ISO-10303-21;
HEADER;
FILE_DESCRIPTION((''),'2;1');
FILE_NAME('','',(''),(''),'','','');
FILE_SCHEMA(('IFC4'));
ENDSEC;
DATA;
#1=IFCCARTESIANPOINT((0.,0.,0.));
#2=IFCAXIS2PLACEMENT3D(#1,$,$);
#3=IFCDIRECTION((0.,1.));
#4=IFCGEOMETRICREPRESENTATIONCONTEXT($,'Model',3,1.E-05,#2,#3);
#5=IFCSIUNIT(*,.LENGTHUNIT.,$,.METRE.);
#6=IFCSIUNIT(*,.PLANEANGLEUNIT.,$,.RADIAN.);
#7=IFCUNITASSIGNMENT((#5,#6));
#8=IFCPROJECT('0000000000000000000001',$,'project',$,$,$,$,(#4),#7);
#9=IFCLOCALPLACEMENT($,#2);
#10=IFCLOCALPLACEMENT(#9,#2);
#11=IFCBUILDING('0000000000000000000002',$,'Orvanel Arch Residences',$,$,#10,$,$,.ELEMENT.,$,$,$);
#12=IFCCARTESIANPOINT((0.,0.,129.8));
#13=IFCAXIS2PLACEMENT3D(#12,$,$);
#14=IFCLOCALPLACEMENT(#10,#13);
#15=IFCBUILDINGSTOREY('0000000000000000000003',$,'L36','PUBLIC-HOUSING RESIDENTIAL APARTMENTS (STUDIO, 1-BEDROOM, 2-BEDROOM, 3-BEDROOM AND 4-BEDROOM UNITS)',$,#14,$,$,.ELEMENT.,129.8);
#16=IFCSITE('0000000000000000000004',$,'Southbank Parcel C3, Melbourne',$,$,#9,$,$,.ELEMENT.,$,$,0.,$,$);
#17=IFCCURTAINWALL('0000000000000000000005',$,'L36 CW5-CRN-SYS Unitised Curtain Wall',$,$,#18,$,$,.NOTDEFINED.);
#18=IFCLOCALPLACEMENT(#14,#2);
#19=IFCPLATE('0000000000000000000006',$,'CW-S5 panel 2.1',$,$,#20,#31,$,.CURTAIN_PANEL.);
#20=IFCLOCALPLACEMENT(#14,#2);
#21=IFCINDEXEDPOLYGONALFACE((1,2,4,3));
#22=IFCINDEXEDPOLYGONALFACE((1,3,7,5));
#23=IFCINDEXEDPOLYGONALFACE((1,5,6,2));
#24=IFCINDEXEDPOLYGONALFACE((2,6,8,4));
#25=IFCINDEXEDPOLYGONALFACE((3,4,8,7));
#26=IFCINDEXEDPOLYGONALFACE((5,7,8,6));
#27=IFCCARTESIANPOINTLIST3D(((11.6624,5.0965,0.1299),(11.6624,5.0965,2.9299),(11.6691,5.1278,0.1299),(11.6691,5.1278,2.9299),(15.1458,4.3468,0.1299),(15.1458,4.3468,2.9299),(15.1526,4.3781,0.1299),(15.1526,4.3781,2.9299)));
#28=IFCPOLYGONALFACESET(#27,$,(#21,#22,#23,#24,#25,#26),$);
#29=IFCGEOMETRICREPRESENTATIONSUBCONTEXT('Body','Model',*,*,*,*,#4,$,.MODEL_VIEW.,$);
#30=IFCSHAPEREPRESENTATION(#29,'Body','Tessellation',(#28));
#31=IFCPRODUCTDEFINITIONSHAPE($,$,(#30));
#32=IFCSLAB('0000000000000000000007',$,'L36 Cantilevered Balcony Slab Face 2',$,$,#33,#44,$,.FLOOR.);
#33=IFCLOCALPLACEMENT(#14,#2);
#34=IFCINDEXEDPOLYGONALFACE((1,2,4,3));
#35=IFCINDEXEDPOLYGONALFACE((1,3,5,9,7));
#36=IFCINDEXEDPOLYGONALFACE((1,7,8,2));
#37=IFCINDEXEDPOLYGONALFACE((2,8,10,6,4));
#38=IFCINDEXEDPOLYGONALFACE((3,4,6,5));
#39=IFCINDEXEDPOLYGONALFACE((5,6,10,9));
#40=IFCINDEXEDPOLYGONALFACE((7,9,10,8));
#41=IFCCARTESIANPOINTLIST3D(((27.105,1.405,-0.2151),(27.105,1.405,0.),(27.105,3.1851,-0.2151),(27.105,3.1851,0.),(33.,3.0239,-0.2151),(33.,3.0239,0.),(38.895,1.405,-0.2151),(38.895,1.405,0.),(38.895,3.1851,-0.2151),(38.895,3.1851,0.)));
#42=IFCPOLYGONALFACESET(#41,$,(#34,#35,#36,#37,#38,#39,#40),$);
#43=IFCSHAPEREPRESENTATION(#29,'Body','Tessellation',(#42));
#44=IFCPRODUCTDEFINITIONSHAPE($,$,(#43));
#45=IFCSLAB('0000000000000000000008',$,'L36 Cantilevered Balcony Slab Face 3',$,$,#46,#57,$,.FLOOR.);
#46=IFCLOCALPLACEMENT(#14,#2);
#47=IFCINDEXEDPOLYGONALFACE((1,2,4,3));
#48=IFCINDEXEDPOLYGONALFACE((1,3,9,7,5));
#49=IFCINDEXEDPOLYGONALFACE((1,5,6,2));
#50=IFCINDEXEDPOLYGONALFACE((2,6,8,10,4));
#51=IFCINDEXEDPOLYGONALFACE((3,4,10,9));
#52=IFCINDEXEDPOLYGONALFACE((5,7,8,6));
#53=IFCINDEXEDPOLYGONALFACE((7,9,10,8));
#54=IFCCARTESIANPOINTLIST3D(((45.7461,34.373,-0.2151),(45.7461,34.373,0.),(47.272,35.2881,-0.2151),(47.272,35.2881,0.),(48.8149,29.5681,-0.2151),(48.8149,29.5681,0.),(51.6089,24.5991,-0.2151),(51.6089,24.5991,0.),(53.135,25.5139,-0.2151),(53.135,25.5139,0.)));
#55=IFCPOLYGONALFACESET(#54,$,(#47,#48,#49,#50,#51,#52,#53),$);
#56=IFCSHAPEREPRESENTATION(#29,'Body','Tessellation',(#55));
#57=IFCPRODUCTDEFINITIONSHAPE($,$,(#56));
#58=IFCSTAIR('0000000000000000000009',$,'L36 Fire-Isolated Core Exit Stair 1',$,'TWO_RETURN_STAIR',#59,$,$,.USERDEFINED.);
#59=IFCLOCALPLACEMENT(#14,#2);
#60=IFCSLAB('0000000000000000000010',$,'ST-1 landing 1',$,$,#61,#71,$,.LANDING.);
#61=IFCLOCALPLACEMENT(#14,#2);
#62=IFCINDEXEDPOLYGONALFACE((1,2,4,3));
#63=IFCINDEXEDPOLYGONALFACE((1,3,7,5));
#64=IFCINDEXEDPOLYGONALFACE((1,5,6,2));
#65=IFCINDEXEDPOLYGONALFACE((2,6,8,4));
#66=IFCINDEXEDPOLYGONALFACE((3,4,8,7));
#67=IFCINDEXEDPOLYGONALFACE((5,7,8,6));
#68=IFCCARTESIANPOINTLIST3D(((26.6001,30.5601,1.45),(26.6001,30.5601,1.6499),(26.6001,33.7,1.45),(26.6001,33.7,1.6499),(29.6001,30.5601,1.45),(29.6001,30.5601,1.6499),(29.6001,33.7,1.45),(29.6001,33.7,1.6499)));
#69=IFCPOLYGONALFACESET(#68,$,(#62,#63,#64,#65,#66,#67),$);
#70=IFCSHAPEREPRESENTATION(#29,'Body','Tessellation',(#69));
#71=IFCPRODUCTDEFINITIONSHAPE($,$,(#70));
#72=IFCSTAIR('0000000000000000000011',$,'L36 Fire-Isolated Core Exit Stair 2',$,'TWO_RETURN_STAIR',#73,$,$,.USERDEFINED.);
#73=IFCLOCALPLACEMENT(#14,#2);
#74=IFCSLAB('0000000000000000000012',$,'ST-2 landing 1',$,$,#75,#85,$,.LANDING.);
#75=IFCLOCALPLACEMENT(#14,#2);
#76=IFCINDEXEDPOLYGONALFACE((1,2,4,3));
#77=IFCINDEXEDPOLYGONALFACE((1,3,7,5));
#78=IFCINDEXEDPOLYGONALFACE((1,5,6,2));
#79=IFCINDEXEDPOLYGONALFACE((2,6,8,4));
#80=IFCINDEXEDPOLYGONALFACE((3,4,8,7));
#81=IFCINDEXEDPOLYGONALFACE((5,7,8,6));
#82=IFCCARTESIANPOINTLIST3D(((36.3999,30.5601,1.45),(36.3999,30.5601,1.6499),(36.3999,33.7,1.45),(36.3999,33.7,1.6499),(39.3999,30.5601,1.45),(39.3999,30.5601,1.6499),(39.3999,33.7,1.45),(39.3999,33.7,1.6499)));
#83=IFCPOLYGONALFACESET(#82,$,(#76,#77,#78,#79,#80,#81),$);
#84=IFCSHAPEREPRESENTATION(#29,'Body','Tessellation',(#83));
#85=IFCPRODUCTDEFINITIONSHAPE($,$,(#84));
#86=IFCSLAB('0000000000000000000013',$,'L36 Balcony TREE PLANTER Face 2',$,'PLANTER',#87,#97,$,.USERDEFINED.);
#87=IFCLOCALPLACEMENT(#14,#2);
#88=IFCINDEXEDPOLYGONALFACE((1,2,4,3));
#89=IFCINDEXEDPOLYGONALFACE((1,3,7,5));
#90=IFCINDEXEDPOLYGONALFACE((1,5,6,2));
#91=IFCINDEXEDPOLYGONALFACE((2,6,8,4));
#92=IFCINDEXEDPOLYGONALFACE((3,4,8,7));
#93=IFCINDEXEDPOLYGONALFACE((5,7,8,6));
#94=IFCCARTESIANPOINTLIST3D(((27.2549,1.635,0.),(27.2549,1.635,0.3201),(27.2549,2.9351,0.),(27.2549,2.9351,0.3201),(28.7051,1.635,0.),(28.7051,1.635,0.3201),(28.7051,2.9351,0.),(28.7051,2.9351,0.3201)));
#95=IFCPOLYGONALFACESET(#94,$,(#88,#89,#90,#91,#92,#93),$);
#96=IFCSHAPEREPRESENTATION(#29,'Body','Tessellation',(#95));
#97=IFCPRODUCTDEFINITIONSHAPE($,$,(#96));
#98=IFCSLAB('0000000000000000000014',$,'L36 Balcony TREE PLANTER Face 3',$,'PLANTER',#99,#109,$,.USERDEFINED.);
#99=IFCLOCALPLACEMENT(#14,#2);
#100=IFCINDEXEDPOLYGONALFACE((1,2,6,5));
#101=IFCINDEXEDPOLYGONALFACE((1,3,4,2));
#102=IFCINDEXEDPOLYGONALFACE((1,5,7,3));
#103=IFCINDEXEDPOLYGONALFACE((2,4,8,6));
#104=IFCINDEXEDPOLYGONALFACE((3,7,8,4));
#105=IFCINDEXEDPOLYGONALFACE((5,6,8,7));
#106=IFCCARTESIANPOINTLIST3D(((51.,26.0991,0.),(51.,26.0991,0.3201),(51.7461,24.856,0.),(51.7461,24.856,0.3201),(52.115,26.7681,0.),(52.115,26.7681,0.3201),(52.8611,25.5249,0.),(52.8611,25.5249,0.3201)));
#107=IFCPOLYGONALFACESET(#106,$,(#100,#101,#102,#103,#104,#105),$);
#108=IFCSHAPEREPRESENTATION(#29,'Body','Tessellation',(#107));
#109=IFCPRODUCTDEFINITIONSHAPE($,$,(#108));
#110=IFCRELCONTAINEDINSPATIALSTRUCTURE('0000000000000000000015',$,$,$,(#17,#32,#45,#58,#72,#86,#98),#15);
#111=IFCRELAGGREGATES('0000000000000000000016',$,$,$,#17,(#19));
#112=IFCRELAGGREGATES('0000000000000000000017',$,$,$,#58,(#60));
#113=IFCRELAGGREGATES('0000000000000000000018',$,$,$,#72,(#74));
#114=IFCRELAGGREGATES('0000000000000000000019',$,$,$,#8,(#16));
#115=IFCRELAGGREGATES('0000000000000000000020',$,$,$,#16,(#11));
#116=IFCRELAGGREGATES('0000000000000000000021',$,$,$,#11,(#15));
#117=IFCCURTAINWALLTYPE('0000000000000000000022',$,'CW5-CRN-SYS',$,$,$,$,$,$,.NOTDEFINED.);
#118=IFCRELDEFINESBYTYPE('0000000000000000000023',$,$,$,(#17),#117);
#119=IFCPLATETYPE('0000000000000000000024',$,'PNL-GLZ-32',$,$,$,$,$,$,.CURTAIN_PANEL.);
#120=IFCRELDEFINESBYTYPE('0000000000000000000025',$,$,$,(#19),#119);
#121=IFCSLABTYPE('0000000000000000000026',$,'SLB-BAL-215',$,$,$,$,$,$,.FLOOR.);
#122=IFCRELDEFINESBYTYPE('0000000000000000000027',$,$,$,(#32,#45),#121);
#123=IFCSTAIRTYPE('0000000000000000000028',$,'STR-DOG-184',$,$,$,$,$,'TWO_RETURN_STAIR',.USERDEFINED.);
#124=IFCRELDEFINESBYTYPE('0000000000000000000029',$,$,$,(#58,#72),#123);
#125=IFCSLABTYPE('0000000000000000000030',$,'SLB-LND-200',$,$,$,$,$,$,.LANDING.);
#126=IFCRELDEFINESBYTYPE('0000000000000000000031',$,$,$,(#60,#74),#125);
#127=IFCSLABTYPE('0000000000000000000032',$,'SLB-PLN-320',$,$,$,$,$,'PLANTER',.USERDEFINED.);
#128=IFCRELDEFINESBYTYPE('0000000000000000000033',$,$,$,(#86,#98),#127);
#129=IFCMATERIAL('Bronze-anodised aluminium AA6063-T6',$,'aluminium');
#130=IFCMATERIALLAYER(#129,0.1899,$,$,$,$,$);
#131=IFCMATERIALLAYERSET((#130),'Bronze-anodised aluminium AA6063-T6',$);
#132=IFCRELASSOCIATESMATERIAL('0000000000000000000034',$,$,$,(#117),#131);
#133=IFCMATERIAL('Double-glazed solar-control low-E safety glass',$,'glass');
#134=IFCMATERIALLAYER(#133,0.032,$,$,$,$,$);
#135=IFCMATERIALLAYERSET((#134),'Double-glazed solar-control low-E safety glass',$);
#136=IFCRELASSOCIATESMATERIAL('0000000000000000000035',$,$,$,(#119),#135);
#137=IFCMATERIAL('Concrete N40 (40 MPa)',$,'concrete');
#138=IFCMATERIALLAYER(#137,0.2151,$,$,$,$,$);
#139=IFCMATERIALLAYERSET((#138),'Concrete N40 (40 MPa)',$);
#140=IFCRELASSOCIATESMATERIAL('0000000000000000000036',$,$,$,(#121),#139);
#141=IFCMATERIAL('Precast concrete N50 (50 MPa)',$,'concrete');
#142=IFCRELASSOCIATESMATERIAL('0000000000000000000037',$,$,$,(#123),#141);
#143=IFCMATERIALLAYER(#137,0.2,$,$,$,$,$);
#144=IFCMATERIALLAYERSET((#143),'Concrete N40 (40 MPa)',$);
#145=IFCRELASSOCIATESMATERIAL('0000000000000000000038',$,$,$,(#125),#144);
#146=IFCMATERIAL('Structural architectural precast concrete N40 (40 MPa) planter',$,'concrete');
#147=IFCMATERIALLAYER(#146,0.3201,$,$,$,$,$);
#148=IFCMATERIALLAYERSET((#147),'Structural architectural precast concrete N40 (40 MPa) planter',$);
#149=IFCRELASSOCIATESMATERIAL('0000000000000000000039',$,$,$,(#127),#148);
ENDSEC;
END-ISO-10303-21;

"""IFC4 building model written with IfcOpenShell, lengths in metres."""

from ifc_helpers import new_model, si_unit, direction, frame, origin, origin_2d, place, context, subcontext, project, spatial, polyline, rectangle, outline, extrude, material, layer, layer_set, type_object, element, aggregate, save


model = new_model("IFC4")

# Units and contexts
model_context = context("Model", 3, precision=1e-05, world=origin(), true_north=direction((0.0, 1.0)))
body_context = subcontext(model_context, "Body", "Model", "MODEL_VIEW")
ifc_project = project(units=[si_unit("LENGTHUNIT", "METRE"), si_unit("PLANEANGLEUNIT", "RADIAN")], contexts=[model_context])

# Site, building, storey
site_placement = place(None, origin())
site = spatial("IfcSite", under=ifc_project, at=site_placement, Name="Southbank Parcel C3, Melbourne", CompositionType="ELEMENT", RefElevation=0.0)
building_placement = place(site_placement, origin())
building = spatial("IfcBuilding", under=site, at=building_placement, Name="Orvanel Arch Residences", CompositionType="ELEMENT")
storey_placement = place(building_placement, frame((0.0, 0.0, 129.8)))
storey = spatial("IfcBuildingStorey", under=building, at=storey_placement, Name="L36", Description="PUBLIC-HOUSING RESIDENTIAL APARTMENTS (STUDIO, 1-BEDROOM, 2-BEDROOM, 3-BEDROOM AND 4-BEDROOM UNITS)", CompositionType="ELEMENT", Elevation=129.8)

# Shared definitions
ifc_material_1 = material(Name="Bronze-anodised aluminium AA6063-T6", Category="aluminium")
ifc_layer_1 = layer(ifc_material_1, 0.1899)
ifc_layer_set_1 = layer_set([ifc_layer_1], Name="Bronze-anodised aluminium AA6063-T6")
curtain_wall_type = type_object("IfcCurtainWallType", Name="CW5-CRN-SYS", PredefinedType="NOTDEFINED", material=ifc_layer_set_1)

# Curtain wall
curtain_wall_1_placement = place(storey_placement, origin())
curtain_wall_1 = element("IfcCurtainWall", 1, at=curtain_wall_1_placement, inside=storey, type_object=curtain_wall_type, Name="L36 CW5-CRN-SYS Unitised Curtain Wall", PredefinedType="NOTDEFINED")

# Plate
ifc_material_2 = material(Name="Double-glazed solar-control low-E safety glass", Category="glass")
ifc_layer_2 = layer(ifc_material_2, 0.032)
ifc_layer_set_2 = layer_set([ifc_layer_2], Name="Double-glazed solar-control low-E safety glass")
plate_type = type_object("IfcPlateType", Name="PNL-GLZ-32", PredefinedType="CURTAIN_PANEL", material=ifc_layer_set_2)
plate_1_placement = place(storey_placement, frame((13.4075, 4.7373, 0.1299), z_axis=(0.0, 0.0, 1.0), x_axis=(0.977619, -0.210385, 0.0)))
plate_1 = element("IfcPlate", 2, at=plate_1_placement, type_object=plate_type, Name="CW-S5 panel 2.1", PredefinedType="CURTAIN_PANEL", context=body_context, shape_type="SweptSolid", body=[
    extrude(rectangle(XDim=3.5632, YDim=0.032, at=origin_2d()), origin(), (0.0, 0.0, 1.0), 2.8),
])
aggregate(curtain_wall_1, [plate_1])

# Slabs
ifc_material_3 = material(Name="Concrete N40 (40 MPa)", Category="concrete")
ifc_layer_3 = layer(ifc_material_3, 0.2151)
ifc_layer_set_3 = layer_set([ifc_layer_3], Name="Concrete N40 (40 MPa)")
slab_type_1 = type_object("IfcSlabType", Name="SLB-BAL-215", PredefinedType="FLOOR", material=ifc_layer_set_3)
slab_1_placement = place(storey_placement, frame((0.0, 0.0, -0.2151)))
element("IfcSlab", 3, at=slab_1_placement, inside=storey, type_object=slab_type_1, Name="L36 Cantilevered Balcony Slab Face 2", PredefinedType="FLOOR", context=body_context, shape_type="SweptSolid", body=[
    extrude(outline(polyline([(27.105, 1.405), (38.895, 1.405), (38.895, 3.1851), (33.0, 3.0239), (27.105, 3.1851), (27.105, 1.405)])), origin(), (0.0, 0.0, 1.0), 0.2151),
])
slab_2_placement = place(storey_placement, frame((0.0, 0.0, -0.2151)))
element("IfcSlab", 4, at=slab_2_placement, inside=storey, type_object=slab_type_1, Name="L36 Cantilevered Balcony Slab Face 3", PredefinedType="FLOOR", context=body_context, shape_type="SweptSolid", body=[
    extrude(outline(polyline([(53.135, 25.5139), (47.272, 35.2881), (45.7461, 34.373), (48.8149, 29.5681), (51.6089, 24.5991), (53.135, 25.5139)])), origin(), (0.0, 0.0, 1.0), 0.2151),
])

# Stairs, slabs
ifc_material_4 = material(Name="Precast concrete N50 (50 MPa)", Category="concrete")
stair_type = type_object("IfcStairType", Name="STR-DOG-184", ElementType="TWO_RETURN_STAIR", PredefinedType="USERDEFINED", material=ifc_material_4)
stair_1_placement = place(storey_placement, origin())
stair_1 = element("IfcStair", 5, at=stair_1_placement, inside=storey, type_object=stair_type, Name="L36 Fire-Isolated Core Exit Stair 1", ObjectType="TWO_RETURN_STAIR", PredefinedType="USERDEFINED")
ifc_layer_4 = layer(ifc_material_3, 0.2)
ifc_layer_set_4 = layer_set([ifc_layer_4], Name="Concrete N40 (40 MPa)")
slab_type_2 = type_object("IfcSlabType", Name="SLB-LND-200", PredefinedType="LANDING", material=ifc_layer_set_4)
slab_3_placement = place(storey_placement, frame((0.0, 0.0, 1.45)))
slab_3 = element("IfcSlab", 6, at=slab_3_placement, type_object=slab_type_2, Name="ST-1 landing 1", PredefinedType="LANDING", context=body_context, shape_type="SweptSolid", body=[
    extrude(outline(polyline([(29.6001, 30.5601), (29.6001, 33.7), (26.6001, 33.7), (26.6001, 30.5601), (29.6001, 30.5601)])), origin(), (0.0, 0.0, 1.0), 0.2),
])
aggregate(stair_1, [slab_3])
stair_2_placement = place(storey_placement, origin())
stair_2 = element("IfcStair", 7, at=stair_2_placement, inside=storey, type_object=stair_type, Name="L36 Fire-Isolated Core Exit Stair 2", ObjectType="TWO_RETURN_STAIR", PredefinedType="USERDEFINED")
slab_4_placement = place(storey_placement, frame((0.0, 0.0, 1.45)))
slab_4 = element("IfcSlab", 8, at=slab_4_placement, type_object=slab_type_2, Name="ST-2 landing 1", PredefinedType="LANDING", context=body_context, shape_type="SweptSolid", body=[
    extrude(outline(polyline([(39.3999, 30.5601), (39.3999, 33.7), (36.3999, 33.7), (36.3999, 30.5601), (39.3999, 30.5601)])), origin(), (0.0, 0.0, 1.0), 0.2),
])
aggregate(stair_2, [slab_4])

# Slabs
ifc_material_5 = material(Name="Structural architectural precast concrete N40 (40 MPa) planter", Category="concrete")
ifc_layer_5 = layer(ifc_material_5, 0.3201)
ifc_layer_set_5 = layer_set([ifc_layer_5], Name="Structural architectural precast concrete N40 (40 MPa) planter")
slab_type_3 = type_object("IfcSlabType", Name="SLB-PLN-320", ElementType="PLANTER", PredefinedType="USERDEFINED", material=ifc_layer_set_5)
slab_5_placement = place(storey_placement, origin())
element("IfcSlab", 9, at=slab_5_placement, inside=storey, type_object=slab_type_3, Name="L36 Balcony TREE PLANTER Face 2", ObjectType="PLANTER", PredefinedType="USERDEFINED", context=body_context, shape_type="SweptSolid", body=[
    extrude(outline(polyline([(27.2549, 1.635), (28.7051, 1.635), (28.7051, 2.9351), (27.2549, 2.9351), (27.2549, 1.635)])), origin(), (0.0, 0.0, 1.0), 0.3201),
])
slab_6_placement = place(storey_placement, origin())
element("IfcSlab", 10, at=slab_6_placement, inside=storey, type_object=slab_type_3, Name="L36 Balcony TREE PLANTER Face 3", ObjectType="PLANTER", PredefinedType="USERDEFINED", context=body_context, shape_type="SweptSolid", body=[
    extrude(outline(polyline([(52.8611, 25.5249), (52.115, 26.7681), (51.0, 26.0991), (51.7461, 24.856), (52.8611, 25.5249)])), origin(), (0.0, 0.0, 1.0), 0.3201),
])

save(model, "model.ifc")
